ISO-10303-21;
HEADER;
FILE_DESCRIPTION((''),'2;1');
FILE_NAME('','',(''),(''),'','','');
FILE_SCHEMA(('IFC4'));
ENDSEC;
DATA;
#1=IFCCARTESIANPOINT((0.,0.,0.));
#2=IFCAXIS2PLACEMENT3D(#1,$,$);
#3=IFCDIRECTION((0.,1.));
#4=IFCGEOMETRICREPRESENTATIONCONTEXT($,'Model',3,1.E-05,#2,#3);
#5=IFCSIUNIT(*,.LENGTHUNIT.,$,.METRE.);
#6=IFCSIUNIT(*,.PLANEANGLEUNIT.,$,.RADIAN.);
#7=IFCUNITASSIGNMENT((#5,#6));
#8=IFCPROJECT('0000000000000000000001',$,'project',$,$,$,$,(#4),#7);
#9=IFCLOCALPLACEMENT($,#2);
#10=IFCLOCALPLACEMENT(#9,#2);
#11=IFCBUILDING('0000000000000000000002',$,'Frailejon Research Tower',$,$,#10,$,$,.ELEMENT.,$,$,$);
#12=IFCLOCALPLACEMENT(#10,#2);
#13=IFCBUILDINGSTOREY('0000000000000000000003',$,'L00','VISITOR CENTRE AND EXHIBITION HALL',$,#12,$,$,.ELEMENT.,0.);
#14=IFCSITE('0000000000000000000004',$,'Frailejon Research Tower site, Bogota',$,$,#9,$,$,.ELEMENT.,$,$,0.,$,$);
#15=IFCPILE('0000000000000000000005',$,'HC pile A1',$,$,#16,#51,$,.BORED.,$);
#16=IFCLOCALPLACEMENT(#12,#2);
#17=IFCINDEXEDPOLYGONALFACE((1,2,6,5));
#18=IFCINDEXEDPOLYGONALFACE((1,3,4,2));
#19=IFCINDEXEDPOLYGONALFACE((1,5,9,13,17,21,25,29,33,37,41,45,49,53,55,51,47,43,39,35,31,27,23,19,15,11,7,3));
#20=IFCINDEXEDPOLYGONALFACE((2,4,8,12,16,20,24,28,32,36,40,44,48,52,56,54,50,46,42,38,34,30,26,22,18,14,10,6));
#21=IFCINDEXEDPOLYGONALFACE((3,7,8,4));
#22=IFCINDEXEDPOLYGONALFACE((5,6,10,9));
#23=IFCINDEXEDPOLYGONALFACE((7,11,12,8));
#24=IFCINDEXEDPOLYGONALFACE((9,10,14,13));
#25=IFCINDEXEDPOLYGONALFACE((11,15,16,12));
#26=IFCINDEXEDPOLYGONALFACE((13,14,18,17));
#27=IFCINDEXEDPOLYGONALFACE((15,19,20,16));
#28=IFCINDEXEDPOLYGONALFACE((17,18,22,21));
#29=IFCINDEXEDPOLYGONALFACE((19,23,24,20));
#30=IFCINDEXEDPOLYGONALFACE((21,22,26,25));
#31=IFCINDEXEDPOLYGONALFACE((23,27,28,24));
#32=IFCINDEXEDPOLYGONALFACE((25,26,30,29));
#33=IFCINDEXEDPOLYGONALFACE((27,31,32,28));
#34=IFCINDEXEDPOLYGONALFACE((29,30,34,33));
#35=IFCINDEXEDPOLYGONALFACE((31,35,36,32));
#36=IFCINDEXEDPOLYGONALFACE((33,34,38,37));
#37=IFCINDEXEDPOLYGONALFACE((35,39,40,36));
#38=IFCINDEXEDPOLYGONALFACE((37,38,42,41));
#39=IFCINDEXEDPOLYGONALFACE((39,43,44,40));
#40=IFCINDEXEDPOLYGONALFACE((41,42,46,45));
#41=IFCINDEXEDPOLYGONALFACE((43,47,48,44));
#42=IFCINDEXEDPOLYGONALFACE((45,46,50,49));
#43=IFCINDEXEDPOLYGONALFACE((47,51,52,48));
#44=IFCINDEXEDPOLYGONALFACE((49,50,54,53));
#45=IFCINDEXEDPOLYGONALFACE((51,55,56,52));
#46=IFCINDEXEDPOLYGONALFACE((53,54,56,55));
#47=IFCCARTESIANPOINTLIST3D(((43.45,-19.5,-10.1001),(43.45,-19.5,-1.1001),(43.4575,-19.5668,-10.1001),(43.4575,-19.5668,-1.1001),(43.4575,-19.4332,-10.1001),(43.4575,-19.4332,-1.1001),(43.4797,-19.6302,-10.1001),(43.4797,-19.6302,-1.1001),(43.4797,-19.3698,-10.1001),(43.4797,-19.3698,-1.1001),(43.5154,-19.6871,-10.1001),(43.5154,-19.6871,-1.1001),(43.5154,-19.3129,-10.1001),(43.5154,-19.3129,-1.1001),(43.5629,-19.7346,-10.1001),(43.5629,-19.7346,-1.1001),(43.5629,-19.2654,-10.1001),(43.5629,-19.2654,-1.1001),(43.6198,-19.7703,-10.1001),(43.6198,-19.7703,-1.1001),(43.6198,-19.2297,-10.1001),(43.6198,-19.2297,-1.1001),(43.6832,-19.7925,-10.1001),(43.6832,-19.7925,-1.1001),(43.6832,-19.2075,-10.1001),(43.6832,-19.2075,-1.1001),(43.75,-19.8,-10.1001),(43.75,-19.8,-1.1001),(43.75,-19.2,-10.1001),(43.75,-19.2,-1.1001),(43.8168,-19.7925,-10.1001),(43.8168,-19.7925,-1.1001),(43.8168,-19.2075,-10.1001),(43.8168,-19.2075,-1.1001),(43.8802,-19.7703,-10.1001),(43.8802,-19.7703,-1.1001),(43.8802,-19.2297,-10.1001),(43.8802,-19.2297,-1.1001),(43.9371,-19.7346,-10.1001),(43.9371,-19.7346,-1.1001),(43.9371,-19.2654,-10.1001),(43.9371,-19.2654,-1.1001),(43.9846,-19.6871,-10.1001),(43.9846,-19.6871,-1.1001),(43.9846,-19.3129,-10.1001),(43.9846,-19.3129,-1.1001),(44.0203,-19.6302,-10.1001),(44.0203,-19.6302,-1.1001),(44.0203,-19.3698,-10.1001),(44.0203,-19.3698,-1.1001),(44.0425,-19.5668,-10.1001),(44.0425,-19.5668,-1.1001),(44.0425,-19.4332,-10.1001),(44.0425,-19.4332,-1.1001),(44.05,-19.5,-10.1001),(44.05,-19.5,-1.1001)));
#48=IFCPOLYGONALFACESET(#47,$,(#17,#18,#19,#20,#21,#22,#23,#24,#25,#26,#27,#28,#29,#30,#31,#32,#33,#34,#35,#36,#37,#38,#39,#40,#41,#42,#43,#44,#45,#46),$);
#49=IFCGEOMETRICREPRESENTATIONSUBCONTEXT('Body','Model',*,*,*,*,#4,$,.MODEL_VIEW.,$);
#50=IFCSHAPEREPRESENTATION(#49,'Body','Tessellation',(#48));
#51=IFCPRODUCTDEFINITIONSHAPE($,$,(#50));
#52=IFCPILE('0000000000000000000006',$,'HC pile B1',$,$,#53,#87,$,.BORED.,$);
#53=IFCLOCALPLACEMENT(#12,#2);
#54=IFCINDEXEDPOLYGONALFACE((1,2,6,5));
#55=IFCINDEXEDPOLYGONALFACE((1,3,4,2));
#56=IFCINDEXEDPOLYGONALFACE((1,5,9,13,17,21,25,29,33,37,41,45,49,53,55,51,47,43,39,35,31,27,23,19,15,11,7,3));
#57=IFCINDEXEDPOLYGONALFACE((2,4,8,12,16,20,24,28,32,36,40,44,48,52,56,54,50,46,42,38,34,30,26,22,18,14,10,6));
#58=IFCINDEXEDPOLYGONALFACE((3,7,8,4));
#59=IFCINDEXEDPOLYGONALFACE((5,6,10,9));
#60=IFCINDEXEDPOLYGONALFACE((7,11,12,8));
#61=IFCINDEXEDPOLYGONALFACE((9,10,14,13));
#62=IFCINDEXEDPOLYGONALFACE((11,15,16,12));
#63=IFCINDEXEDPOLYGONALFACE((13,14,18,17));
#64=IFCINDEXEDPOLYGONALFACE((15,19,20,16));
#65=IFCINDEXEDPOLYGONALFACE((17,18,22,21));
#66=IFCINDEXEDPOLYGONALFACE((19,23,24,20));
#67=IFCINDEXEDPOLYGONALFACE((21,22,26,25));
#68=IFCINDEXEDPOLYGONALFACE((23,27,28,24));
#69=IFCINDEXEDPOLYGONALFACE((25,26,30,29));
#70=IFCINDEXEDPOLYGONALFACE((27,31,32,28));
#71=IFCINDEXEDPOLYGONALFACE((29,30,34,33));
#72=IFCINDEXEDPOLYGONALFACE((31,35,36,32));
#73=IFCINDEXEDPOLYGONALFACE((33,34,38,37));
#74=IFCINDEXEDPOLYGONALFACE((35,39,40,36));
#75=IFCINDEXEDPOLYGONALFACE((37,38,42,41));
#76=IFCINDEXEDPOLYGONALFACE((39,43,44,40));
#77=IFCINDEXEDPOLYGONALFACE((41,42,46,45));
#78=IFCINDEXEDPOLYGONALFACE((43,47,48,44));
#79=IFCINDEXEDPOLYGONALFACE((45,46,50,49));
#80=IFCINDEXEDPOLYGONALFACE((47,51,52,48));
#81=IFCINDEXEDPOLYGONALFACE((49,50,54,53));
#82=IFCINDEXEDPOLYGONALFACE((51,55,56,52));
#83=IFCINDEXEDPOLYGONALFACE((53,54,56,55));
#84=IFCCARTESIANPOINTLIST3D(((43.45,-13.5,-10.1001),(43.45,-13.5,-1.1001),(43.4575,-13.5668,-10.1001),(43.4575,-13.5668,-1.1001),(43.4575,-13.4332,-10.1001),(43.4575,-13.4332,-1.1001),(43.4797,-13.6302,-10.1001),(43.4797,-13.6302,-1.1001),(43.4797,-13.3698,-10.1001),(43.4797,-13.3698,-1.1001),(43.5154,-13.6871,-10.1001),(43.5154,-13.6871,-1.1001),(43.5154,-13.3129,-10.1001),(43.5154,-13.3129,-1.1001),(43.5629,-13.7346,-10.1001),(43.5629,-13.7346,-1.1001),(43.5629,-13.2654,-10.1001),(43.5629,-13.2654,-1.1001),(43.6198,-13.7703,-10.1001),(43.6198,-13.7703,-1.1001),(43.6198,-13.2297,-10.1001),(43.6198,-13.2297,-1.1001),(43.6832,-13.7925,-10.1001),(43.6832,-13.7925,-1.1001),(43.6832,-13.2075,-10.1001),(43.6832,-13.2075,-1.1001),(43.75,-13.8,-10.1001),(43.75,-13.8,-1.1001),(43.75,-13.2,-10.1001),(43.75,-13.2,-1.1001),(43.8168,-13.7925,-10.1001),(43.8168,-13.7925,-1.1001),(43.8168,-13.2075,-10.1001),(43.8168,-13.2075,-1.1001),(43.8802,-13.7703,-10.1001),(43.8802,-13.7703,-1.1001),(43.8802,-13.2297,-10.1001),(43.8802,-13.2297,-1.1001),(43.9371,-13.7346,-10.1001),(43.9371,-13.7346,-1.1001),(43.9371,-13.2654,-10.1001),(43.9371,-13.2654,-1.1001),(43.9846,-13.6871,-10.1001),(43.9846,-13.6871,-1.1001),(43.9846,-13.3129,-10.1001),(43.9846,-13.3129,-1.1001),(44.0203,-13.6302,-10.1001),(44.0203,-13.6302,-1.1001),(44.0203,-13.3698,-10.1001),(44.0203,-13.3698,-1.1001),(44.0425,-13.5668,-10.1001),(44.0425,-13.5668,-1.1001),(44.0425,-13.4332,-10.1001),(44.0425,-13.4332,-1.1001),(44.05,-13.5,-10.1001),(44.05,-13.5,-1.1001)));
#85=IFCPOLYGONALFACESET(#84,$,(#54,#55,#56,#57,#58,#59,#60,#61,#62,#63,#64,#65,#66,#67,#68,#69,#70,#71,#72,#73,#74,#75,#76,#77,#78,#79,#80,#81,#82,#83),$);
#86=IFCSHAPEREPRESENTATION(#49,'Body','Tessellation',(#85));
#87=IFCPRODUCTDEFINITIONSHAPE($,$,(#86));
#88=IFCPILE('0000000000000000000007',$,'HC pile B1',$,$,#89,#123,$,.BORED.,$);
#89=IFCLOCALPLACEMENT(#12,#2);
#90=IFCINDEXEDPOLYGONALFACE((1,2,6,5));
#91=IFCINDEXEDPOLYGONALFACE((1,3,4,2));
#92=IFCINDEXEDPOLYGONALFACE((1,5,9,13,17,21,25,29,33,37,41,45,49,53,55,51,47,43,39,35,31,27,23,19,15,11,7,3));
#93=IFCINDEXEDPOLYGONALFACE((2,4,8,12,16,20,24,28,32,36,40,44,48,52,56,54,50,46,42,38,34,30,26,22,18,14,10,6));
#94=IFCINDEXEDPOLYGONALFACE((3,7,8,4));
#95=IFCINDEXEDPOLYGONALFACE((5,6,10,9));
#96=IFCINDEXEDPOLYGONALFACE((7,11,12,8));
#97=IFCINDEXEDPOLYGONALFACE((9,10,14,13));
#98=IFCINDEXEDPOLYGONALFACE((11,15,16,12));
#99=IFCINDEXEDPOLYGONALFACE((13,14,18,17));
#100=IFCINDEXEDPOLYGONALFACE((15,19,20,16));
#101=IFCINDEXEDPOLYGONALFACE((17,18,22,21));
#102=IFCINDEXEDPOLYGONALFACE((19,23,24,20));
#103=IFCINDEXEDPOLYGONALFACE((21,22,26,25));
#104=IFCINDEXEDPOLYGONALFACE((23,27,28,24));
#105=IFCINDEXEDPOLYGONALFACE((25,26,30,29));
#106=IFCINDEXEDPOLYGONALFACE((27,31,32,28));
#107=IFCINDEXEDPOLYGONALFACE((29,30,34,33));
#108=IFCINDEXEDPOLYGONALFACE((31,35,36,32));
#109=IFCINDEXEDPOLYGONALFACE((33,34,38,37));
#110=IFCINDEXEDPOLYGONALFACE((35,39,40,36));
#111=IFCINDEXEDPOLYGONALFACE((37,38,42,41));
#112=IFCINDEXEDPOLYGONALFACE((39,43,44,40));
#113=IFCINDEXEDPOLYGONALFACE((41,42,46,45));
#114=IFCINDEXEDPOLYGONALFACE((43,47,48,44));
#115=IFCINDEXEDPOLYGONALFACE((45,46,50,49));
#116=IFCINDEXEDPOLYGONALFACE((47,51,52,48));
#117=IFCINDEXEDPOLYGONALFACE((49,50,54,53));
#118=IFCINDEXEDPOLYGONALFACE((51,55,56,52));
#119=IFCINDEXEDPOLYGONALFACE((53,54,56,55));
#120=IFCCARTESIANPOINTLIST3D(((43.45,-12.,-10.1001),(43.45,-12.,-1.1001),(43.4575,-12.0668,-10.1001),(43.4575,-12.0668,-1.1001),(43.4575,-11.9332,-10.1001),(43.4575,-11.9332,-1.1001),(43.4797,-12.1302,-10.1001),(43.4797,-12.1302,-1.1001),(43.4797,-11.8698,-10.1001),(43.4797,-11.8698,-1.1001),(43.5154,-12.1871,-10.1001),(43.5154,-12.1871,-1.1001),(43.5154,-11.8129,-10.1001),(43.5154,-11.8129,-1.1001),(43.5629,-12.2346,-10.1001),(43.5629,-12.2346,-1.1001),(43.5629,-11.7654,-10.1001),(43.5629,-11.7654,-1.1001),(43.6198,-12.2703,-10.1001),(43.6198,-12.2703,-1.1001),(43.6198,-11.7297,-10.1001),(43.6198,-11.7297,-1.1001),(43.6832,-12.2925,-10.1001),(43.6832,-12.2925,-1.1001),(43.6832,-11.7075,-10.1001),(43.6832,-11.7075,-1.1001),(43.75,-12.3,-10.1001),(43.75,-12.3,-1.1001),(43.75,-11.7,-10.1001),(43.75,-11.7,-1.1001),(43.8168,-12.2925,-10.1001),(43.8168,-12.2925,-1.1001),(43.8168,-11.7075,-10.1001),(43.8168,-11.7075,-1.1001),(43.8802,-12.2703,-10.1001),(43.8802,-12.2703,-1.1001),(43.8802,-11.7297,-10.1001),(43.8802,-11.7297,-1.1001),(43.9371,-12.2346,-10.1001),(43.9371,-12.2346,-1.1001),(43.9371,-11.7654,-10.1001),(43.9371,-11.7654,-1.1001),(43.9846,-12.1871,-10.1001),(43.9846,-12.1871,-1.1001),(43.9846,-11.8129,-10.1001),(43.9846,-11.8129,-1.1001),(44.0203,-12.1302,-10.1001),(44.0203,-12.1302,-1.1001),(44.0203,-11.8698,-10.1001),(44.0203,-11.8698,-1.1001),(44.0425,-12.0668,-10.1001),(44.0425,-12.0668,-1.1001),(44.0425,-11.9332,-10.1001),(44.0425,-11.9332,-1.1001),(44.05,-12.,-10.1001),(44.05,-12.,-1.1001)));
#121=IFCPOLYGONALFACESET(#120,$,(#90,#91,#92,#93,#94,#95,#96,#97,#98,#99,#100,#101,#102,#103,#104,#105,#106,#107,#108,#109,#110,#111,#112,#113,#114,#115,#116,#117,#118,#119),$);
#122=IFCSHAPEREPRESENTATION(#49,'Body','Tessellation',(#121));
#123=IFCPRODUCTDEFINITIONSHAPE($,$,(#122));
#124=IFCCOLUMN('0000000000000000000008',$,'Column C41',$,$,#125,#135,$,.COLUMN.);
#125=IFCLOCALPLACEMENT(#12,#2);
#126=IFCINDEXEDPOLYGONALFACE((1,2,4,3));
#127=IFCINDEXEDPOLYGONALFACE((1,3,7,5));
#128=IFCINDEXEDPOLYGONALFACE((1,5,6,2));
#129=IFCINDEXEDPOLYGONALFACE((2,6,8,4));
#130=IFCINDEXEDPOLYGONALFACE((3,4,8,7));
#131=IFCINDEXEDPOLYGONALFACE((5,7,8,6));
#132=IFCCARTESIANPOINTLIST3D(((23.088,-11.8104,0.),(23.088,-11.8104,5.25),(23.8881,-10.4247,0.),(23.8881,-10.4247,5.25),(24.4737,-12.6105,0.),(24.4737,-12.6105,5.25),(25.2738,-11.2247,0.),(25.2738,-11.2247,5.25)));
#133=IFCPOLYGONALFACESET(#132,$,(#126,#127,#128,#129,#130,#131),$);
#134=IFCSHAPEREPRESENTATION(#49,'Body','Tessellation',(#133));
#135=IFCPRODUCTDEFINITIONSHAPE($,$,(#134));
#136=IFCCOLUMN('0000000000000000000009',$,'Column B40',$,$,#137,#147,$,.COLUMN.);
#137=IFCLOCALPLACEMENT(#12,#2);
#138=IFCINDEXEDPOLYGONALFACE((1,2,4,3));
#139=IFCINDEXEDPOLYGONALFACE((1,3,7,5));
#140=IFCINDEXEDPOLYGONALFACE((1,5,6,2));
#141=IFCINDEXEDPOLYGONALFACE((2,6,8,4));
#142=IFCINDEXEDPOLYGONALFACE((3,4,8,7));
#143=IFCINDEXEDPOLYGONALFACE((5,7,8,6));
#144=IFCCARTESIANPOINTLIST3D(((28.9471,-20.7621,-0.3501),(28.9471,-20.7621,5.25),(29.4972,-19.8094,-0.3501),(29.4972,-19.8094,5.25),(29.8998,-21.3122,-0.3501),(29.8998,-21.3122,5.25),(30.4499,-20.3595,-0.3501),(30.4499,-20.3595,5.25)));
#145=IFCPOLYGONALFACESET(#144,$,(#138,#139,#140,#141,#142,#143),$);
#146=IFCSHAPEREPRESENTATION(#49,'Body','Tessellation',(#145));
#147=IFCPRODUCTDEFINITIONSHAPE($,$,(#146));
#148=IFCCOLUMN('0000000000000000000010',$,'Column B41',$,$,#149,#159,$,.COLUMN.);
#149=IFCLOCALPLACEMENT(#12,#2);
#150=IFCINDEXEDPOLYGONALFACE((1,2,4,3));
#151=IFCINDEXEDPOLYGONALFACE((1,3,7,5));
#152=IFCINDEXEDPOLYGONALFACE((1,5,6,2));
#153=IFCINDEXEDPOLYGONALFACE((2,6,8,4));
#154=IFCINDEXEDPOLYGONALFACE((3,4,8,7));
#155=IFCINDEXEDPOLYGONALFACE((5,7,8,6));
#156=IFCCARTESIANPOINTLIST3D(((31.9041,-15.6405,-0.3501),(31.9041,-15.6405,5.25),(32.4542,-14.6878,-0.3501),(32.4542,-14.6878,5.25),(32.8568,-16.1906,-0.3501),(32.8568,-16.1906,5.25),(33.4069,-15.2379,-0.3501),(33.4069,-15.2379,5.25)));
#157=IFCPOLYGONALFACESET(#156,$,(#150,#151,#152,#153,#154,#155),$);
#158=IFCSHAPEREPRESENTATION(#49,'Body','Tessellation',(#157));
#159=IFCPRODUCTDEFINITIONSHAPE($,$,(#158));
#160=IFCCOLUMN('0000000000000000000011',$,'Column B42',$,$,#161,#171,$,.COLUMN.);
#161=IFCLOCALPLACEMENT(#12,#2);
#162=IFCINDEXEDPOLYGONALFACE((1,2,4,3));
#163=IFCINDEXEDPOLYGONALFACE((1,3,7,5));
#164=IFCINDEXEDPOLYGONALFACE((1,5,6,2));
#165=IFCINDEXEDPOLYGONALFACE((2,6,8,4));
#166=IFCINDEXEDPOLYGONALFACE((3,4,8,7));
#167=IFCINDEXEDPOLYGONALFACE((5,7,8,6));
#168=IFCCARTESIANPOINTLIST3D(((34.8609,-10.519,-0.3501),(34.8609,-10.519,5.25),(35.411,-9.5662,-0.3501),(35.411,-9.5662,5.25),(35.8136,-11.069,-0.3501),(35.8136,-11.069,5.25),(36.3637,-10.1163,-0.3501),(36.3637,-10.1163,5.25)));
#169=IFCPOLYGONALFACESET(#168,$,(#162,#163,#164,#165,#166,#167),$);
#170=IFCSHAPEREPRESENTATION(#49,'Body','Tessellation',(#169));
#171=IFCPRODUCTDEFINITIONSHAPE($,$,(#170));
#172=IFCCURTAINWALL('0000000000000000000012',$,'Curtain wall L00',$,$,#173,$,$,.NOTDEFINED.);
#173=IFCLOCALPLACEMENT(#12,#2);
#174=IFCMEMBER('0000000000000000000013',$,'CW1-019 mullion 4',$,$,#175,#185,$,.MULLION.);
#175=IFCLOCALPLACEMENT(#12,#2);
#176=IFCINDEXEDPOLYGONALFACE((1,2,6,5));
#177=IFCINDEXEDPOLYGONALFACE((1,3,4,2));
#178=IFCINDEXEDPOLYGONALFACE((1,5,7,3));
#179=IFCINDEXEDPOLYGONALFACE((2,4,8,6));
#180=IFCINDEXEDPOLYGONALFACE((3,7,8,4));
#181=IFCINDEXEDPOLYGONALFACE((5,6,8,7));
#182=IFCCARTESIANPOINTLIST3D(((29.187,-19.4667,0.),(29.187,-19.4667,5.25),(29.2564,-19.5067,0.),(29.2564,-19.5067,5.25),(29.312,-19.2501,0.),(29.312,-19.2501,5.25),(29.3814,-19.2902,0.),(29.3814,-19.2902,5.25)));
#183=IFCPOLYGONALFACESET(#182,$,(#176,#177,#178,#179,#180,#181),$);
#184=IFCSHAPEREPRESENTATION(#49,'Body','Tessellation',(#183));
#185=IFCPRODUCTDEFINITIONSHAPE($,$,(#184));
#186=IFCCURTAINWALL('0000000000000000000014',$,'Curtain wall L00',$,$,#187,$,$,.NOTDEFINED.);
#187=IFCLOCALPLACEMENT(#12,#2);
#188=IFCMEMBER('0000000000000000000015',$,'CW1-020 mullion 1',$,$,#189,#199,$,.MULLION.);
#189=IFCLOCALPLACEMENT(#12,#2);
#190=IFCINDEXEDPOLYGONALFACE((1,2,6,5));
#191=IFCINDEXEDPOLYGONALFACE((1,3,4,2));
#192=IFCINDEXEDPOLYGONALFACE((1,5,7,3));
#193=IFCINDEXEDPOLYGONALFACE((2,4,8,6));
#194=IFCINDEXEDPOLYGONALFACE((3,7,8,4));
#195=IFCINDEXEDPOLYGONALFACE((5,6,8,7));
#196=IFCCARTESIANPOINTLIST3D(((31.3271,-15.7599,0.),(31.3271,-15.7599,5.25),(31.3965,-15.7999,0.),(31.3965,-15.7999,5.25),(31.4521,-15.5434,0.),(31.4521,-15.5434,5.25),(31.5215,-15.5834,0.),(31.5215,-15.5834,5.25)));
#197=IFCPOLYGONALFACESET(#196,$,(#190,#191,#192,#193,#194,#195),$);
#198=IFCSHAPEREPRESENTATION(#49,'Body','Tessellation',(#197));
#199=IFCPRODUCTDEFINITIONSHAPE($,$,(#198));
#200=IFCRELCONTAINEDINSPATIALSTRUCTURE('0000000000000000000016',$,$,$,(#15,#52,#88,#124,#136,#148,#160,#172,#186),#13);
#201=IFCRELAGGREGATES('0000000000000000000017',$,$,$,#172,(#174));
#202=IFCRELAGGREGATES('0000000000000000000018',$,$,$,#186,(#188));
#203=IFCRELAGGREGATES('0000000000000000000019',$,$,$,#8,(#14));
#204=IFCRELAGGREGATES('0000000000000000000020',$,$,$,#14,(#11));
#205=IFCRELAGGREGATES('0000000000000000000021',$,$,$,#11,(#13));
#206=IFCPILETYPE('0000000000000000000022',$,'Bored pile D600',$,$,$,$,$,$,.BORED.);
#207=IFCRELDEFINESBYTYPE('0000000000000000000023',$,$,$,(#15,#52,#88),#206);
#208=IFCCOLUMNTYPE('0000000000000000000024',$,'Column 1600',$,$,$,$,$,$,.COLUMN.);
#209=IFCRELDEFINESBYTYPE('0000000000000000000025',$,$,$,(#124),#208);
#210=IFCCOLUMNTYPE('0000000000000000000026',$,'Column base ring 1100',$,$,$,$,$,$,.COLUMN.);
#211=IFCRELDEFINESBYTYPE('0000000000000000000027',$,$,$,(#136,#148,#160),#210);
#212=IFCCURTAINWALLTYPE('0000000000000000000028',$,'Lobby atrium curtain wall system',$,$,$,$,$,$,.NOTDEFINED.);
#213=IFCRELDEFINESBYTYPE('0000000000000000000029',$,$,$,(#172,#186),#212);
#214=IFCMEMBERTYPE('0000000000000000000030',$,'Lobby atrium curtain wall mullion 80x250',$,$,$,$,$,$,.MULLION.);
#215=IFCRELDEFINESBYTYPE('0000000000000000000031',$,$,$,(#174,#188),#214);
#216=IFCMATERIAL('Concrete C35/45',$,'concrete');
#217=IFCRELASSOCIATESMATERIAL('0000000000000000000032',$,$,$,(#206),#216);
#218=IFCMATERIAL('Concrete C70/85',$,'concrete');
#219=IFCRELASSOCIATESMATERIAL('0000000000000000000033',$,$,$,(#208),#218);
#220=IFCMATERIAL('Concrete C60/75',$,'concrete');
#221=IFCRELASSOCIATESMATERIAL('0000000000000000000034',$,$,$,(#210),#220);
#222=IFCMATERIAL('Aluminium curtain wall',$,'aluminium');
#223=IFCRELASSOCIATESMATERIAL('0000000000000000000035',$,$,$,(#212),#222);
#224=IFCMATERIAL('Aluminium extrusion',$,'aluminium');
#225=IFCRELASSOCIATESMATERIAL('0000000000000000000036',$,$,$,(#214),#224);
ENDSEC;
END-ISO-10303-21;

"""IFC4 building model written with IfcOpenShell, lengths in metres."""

from ifc_helpers import new_model, si_unit, direction, frame, origin, origin_2d, place, context, subcontext, project, spatial, rectangle, circle, extrude, material, material_profile, profile_set, type_object, element, aggregate, save


model = new_model("IFC4")

# Units and contexts
model_context = context("Model", 3, precision=1e-05, world=origin(), true_north=direction((0.0, 1.0)))
body_context = subcontext(model_context, "Body", "Model", "MODEL_VIEW")
ifc_project = project(units=[si_unit("LENGTHUNIT", "METRE"), si_unit("PLANEANGLEUNIT", "RADIAN")], contexts=[model_context])

# Site, building, storey
site_placement = place(None, origin())
site = spatial("IfcSite", under=ifc_project, at=site_placement, Name="Frailejon Research Tower site, Bogota", CompositionType="ELEMENT", RefElevation=0.0)
building_placement = place(site_placement, origin())
building = spatial("IfcBuilding", under=site, at=building_placement, Name="Frailejon Research Tower", CompositionType="ELEMENT")
storey_placement = place(building_placement, origin())
storey = spatial("IfcBuildingStorey", under=building, at=storey_placement, Name="L00", Description="VISITOR CENTRE AND EXHIBITION HALL", CompositionType="ELEMENT", Elevation=0.0)

# Piles
ifc_material_1 = material(Name="Concrete C35/45", Category="concrete")
ifc_material_profile_1 = material_profile(ifc_material_1, circle(Radius=0.3, at=origin_2d()), Name="Bored pile D600")
ifc_profile_set_1 = profile_set([ifc_material_profile_1], Name="Concrete C35/45")
pile_type = type_object("IfcPileType", Name="Bored pile D600", PredefinedType="BORED", material=ifc_profile_set_1)
for number, where, z_axis, x_axis, name in (
    (1, (43.75, -19.5, -1.1001), (0.0, 0.0, -1.0), (1.0, 0.0, 0.0), "HC pile A1"),
    (2, (43.75, -13.5, -1.1001), (0.0, 0.0, -1.0), (1.0, 0.0, 0.0), "HC pile B1"),
    (3, (43.75, -12.0, -1.1001), (0.0, 0.0, -1.0), (1.0, 0.0, 0.0), "HC pile B1"),
):
    element("IfcPile", number, at=place(storey_placement, frame(where, z_axis=z_axis, x_axis=x_axis)), inside=storey, type_object=pile_type, Name=name, PredefinedType="BORED", context=body_context, shape_type="SweptSolid", body=[
        extrude(circle(Radius=0.3, at=origin_2d()), origin(), (0.0, 0.0, 1.0), 9.0),
    ])

# Columns
ifc_material_2 = material(Name="Concrete C70/85", Category="concrete")
ifc_material_profile_2 = material_profile(ifc_material_2, rectangle(XDim=1.6001, YDim=1.6001, at=origin_2d()), Name="Column 1600")
ifc_profile_set_2 = profile_set([ifc_material_profile_2], Name="Concrete C70/85")
column_type_1 = type_object("IfcColumnType", Name="Column 1600", PredefinedType="COLUMN", material=ifc_profile_set_2)
column_placement = place(storey_placement, frame((24.1809, -11.5176, 0.0), z_axis=(0.0, 0.0, 1.0), x_axis=(0.5, 0.866025, 0.0)))
element("IfcColumn", 4, at=column_placement, inside=storey, type_object=column_type_1, Name="Column C41", PredefinedType="COLUMN", context=body_context, shape_type="SweptSolid", body=[
    extrude(rectangle(XDim=1.6001, YDim=1.6001, at=origin_2d()), origin(), (0.0, 0.0, 1.0), 5.25),
])
ifc_material_3 = material(Name="Concrete C60/75", Category="concrete")
ifc_material_profile_3 = material_profile(ifc_material_3, rectangle(XDim=1.1001, YDim=1.1001, at=origin_2d()), Name="Column base ring 1100")
ifc_profile_set_3 = profile_set([ifc_material_profile_3], Name="Concrete C60/75")
column_type_2 = type_object("IfcColumnType", Name="Column base ring 1100", PredefinedType="COLUMN", material=ifc_profile_set_3)
for number, where, z_axis, x_axis, name in (
    (5, (29.6985, -20.5608, -0.3501), (0.0, 0.0, 1.0), (0.5, 0.866025, 0.0), "Column B40"),
    (6, (32.6555, -15.4392, -0.3501), (0.0, 0.0, 1.0), (0.5, 0.866025, 0.0), "Column B41"),
    (7, (35.6123, -10.3176, -0.3501), (0.0, 0.0, 1.0), (0.5, 0.866025, 0.0), "Column B42"),
):
    element("IfcColumn", number, at=place(storey_placement, frame(where, z_axis=z_axis, x_axis=x_axis)), inside=storey, type_object=column_type_2, Name=name, PredefinedType="COLUMN", context=body_context, shape_type="SweptSolid", body=[
        extrude(rectangle(XDim=1.1001, YDim=1.1001, at=origin_2d()), origin(), (0.0, 0.0, 1.0), 5.6001),
    ])

# Curtain wall, member
ifc_material_4 = material(Name="Aluminium curtain wall", Category="aluminium")
curtain_wall_type = type_object("IfcCurtainWallType", Name="Lobby atrium curtain wall system", PredefinedType="NOTDEFINED", material=ifc_material_4)
curtain_wall_1_placement = place(storey_placement, origin())
curtain_wall_1 = element("IfcCurtainWall", 8, at=curtain_wall_1_placement, inside=storey, type_object=curtain_wall_type, Name="Curtain wall L00", PredefinedType="NOTDEFINED")
ifc_material_5 = material(Name="Aluminium extrusion", Category="aluminium")
ifc_material_profile_4 = material_profile(ifc_material_5, rectangle(XDim=0.0801, YDim=0.25, at=origin_2d()), Name="Lobby atrium curtain wall mullion 80x250")
ifc_profile_set_4 = profile_set([ifc_material_profile_4], Name="Aluminium extrusion")
member_type_1 = type_object("IfcMemberType", Name="Lobby atrium curtain wall mullion 80x250", PredefinedType="MULLION", material=ifc_profile_set_4)
member_1_placement = place(storey_placement, frame((29.2842, -19.3784, 0.0), z_axis=(0.0, 0.0, 1.0), x_axis=(-0.866026, 0.5, 0.0)))
member_1 = element("IfcMember", 9, at=member_1_placement, type_object=member_type_1, Name="CW1-019 mullion 4", PredefinedType="MULLION", context=body_context, shape_type="SweptSolid", body=[
    extrude(rectangle(XDim=0.0801, YDim=0.25, at=origin_2d()), origin(), (0.0, 0.0, 1.0), 5.25),
])
aggregate(curtain_wall_1, [member_1])

# Curtain wall, member
curtain_wall_2_placement = place(storey_placement, origin())
curtain_wall_2 = element("IfcCurtainWall", 10, at=curtain_wall_2_placement, inside=storey, type_object=curtain_wall_type, Name="Curtain wall L00", PredefinedType="NOTDEFINED")
member_2_placement = place(storey_placement, frame((31.4243, -15.6716, 0.0), z_axis=(0.0, 0.0, 1.0), x_axis=(-0.866026, 0.5, 0.0)))
member_2 = element("IfcMember", 11, at=member_2_placement, type_object=member_type_1, Name="CW1-020 mullion 1", PredefinedType="MULLION", context=body_context, shape_type="SweptSolid", body=[
    extrude(rectangle(XDim=0.0801, YDim=0.25, at=origin_2d()), origin(), (0.0, 0.0, 1.0), 5.25),
])

aggregate(curtain_wall_2, [member_2])

save(model, "model.ifc")
